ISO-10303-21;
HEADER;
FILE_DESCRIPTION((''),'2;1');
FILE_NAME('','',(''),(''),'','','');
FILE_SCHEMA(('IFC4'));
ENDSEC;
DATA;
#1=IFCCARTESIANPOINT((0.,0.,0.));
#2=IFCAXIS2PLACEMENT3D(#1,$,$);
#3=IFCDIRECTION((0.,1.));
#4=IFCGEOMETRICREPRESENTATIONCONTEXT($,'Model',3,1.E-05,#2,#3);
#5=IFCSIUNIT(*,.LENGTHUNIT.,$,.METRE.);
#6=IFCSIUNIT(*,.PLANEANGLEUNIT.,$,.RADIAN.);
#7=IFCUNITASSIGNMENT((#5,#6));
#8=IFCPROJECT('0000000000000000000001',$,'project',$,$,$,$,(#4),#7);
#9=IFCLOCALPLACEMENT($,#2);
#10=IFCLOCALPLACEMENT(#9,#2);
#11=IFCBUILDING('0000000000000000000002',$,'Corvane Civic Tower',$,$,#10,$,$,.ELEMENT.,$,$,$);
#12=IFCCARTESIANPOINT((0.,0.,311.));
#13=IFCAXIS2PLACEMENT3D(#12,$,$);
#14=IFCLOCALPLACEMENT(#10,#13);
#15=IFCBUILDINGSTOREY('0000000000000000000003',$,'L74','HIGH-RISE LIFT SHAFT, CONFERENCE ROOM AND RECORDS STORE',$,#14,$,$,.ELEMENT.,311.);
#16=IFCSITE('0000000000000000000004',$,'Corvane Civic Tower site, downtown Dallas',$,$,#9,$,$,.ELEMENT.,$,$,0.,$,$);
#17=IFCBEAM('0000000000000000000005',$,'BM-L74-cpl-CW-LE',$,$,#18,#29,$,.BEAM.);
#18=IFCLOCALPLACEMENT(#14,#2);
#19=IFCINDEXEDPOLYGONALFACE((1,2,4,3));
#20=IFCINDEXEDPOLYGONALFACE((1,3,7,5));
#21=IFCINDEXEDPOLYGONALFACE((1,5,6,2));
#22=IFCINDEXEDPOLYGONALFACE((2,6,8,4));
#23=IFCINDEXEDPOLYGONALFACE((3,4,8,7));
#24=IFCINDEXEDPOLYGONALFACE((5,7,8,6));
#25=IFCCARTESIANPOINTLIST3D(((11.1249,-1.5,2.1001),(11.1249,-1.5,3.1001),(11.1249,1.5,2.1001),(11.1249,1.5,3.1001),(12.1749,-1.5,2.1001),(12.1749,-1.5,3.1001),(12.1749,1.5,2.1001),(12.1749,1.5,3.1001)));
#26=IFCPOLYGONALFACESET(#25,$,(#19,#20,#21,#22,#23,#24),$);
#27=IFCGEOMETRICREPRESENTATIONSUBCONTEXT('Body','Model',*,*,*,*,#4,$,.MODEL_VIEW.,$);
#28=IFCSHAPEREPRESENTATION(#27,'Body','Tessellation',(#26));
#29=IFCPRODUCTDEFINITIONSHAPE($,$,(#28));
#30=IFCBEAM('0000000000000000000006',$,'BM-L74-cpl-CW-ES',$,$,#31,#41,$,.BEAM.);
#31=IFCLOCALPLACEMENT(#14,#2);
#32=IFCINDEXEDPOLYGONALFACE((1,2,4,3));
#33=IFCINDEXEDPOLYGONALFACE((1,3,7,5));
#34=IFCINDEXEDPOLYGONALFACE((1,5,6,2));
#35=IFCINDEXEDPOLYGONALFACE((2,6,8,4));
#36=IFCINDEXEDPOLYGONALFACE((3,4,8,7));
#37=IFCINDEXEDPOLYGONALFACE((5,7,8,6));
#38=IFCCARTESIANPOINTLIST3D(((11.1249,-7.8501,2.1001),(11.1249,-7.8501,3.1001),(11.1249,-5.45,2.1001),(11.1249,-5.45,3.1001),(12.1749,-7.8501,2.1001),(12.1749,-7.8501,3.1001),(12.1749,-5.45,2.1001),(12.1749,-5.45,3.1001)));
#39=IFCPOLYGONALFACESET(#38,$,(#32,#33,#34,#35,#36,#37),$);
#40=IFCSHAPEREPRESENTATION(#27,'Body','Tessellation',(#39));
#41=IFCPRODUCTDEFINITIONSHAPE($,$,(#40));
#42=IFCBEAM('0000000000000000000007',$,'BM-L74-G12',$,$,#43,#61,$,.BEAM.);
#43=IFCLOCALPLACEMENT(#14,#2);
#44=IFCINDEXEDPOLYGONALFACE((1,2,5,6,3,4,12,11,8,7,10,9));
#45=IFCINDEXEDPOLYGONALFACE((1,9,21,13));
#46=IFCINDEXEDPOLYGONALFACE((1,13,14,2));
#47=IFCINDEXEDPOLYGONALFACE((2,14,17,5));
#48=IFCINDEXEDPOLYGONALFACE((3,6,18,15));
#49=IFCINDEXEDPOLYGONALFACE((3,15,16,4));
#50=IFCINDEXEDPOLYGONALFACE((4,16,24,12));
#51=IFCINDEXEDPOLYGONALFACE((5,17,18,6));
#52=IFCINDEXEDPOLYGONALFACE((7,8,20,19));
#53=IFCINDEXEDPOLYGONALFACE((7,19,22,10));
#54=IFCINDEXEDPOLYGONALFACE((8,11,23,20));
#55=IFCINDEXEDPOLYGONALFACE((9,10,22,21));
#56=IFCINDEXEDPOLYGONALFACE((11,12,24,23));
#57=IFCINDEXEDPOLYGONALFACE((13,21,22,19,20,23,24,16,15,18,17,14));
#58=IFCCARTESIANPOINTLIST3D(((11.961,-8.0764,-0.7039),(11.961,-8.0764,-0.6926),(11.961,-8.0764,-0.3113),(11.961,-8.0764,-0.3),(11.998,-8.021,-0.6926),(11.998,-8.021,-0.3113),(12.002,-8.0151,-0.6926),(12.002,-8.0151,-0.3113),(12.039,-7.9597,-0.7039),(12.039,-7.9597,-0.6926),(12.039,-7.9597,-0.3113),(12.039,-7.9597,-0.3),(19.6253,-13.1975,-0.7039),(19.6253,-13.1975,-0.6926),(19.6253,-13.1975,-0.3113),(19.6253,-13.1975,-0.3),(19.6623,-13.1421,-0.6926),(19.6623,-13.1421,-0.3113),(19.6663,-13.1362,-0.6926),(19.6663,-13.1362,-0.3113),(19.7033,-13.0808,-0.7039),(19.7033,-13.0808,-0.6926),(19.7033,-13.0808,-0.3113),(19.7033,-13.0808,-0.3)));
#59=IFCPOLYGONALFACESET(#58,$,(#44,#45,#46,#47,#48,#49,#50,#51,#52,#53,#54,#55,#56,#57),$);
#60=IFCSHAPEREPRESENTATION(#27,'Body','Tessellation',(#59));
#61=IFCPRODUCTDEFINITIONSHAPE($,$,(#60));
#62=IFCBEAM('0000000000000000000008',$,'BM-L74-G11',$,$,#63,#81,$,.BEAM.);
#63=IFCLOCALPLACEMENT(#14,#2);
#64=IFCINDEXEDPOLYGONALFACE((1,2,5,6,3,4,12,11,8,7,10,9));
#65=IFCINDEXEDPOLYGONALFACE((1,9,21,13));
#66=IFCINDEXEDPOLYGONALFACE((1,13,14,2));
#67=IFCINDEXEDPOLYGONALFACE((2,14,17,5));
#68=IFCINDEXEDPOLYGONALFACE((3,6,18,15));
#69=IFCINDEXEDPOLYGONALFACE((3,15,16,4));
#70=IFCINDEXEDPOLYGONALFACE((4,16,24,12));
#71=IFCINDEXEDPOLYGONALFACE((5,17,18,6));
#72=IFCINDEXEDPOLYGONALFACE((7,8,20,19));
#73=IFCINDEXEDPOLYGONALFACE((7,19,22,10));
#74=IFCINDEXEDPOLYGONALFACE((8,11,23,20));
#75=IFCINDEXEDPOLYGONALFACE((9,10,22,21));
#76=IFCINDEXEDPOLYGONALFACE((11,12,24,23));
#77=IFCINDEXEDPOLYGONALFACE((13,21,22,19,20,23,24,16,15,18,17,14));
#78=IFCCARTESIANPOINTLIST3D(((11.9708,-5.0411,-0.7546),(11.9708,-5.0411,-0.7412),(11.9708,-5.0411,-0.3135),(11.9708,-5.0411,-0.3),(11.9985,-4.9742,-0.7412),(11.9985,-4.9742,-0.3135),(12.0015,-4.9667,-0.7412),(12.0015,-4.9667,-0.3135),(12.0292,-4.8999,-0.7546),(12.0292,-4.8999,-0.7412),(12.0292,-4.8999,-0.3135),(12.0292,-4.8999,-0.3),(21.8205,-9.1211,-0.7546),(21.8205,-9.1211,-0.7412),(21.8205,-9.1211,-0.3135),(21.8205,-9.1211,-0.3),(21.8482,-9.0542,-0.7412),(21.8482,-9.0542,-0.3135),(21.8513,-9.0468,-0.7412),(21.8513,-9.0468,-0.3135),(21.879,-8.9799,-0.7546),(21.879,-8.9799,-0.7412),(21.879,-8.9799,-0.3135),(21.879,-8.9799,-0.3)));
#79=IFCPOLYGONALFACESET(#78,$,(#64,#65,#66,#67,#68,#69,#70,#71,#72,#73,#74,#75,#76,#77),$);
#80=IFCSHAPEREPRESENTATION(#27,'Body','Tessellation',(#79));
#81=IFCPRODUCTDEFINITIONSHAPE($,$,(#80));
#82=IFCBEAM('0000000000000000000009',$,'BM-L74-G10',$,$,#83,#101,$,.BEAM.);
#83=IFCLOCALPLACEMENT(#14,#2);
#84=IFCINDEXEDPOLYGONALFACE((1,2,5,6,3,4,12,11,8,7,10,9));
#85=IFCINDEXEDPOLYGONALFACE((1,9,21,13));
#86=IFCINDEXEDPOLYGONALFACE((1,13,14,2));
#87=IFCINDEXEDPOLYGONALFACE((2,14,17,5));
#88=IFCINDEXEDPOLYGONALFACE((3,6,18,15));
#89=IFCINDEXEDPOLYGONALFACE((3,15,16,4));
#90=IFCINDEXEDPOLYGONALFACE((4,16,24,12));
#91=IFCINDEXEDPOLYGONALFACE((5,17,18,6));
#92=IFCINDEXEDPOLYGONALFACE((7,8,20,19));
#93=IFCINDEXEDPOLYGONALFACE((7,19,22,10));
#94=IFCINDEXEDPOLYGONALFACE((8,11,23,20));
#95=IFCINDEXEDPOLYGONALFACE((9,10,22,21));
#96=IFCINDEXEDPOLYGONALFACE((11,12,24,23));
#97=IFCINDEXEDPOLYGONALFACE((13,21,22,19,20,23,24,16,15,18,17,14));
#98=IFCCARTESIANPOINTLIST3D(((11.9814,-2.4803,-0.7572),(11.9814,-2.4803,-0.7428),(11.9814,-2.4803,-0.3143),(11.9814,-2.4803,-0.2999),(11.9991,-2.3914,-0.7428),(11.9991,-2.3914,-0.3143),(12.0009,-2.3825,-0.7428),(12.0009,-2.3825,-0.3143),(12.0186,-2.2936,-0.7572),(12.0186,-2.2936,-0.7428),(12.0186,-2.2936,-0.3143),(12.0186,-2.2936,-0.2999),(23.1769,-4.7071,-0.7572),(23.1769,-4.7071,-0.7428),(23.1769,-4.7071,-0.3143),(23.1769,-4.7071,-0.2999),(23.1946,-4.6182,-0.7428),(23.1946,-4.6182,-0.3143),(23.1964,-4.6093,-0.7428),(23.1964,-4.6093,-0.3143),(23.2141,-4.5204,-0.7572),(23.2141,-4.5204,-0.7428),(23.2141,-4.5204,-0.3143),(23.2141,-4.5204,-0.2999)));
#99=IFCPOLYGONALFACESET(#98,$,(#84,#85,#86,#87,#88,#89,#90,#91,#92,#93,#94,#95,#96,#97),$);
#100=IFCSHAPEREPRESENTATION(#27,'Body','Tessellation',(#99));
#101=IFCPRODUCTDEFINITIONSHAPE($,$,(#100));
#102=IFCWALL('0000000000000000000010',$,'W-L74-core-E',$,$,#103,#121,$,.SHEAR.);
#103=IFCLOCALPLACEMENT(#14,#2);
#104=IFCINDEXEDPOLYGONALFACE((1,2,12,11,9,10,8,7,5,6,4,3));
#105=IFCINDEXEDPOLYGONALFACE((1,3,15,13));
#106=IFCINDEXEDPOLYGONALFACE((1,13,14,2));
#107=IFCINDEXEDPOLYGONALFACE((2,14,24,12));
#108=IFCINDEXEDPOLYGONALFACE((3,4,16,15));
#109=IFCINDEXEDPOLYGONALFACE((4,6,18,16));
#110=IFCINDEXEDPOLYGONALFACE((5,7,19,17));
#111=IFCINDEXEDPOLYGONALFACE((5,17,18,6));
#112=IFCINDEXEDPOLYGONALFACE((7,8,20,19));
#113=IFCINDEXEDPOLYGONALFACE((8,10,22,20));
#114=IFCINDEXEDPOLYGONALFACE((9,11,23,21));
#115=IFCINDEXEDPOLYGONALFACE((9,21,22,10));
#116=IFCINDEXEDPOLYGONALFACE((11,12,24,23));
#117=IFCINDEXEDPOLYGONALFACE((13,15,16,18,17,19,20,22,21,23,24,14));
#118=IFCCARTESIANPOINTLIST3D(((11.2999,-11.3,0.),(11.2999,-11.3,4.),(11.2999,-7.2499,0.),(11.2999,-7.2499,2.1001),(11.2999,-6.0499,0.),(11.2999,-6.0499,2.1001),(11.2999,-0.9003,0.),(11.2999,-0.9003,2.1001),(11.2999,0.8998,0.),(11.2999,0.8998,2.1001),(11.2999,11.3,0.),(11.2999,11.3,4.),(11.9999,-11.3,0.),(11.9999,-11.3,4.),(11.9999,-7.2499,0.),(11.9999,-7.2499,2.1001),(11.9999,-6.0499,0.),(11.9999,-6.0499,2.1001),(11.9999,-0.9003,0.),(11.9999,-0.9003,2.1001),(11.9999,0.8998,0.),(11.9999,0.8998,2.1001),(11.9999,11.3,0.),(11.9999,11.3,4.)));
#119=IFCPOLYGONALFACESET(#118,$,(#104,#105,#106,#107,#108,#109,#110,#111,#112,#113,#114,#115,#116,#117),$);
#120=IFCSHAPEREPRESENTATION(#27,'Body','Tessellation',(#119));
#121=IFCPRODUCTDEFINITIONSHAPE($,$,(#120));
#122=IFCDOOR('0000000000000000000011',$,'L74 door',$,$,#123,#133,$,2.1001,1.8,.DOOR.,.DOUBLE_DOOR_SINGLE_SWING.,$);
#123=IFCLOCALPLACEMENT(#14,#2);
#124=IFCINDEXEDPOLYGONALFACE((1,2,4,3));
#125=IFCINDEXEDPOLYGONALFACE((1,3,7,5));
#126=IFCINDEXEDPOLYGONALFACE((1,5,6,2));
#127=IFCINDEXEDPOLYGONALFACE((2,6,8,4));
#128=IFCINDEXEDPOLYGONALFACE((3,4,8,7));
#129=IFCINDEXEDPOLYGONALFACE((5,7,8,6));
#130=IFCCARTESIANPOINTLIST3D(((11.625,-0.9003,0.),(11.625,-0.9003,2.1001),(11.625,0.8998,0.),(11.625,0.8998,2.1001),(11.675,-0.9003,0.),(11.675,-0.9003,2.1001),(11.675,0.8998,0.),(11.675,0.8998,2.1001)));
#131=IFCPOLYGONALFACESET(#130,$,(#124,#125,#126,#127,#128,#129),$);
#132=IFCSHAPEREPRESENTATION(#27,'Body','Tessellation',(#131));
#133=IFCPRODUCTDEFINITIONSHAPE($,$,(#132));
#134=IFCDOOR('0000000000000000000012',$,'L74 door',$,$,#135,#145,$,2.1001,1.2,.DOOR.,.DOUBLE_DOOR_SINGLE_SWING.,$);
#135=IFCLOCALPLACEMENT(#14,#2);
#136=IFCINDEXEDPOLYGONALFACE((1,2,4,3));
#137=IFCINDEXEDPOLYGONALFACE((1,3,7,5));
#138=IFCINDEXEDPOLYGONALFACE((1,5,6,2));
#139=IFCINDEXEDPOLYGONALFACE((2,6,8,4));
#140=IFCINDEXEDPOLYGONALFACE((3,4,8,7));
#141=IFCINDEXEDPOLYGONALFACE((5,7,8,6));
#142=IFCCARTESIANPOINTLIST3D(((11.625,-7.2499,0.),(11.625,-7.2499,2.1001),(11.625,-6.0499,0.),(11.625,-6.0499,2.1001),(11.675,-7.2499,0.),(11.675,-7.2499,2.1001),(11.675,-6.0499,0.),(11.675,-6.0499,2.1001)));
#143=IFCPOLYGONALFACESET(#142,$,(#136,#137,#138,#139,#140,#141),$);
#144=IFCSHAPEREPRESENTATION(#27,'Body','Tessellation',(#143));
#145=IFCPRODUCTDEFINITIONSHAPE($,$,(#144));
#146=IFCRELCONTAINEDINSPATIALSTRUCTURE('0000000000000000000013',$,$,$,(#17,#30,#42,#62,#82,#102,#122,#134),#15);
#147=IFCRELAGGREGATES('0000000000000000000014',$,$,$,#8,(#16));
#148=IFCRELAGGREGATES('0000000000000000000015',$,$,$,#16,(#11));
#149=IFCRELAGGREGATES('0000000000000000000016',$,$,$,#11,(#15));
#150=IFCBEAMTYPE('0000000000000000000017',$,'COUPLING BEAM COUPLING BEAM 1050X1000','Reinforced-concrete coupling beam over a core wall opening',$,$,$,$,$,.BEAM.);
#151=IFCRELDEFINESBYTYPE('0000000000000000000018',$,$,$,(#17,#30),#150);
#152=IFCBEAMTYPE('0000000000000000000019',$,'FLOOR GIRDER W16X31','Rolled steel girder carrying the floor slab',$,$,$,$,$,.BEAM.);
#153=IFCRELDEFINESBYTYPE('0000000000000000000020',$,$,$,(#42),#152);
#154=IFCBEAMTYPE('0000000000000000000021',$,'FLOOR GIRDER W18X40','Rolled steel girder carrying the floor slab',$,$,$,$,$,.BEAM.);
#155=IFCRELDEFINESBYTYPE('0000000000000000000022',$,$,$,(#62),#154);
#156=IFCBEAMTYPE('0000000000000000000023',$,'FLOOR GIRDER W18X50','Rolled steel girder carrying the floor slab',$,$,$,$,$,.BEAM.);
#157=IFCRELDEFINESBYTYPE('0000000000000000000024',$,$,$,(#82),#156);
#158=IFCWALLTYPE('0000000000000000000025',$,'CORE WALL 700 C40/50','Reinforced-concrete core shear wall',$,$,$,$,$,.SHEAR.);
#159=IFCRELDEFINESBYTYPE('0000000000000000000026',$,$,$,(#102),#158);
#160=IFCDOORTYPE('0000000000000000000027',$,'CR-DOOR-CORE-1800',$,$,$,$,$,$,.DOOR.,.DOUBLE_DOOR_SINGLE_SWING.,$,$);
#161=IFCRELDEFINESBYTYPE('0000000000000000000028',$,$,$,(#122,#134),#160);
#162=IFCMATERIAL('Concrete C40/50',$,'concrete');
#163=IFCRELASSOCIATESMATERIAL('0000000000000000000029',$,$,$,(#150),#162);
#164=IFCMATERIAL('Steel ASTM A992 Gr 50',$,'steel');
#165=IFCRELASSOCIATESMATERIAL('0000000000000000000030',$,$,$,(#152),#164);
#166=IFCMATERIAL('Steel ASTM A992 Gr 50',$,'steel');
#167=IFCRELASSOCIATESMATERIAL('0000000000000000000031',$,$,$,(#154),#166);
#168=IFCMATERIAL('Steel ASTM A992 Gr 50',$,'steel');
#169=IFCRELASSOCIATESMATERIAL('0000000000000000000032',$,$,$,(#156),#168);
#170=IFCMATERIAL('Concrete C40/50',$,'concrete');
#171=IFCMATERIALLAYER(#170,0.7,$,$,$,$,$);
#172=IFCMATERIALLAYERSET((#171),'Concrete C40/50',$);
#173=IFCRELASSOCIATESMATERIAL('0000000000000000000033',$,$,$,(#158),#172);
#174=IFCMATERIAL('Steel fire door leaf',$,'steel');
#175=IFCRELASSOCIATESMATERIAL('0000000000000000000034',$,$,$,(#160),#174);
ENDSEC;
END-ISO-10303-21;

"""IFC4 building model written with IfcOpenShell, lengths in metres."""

from ifc_helpers import new_model, si_unit, direction, frame, frame_2d, origin, origin_2d, place, context, subcontext, project, spatial, rectangle, i_section, extrude, material, layer, layer_set, material_profile, profile_set, type_object, element, fill, save


model = new_model("IFC4")

# Units and contexts
model_context = context("Model", 3, precision=1e-05, world=origin(), true_north=direction((0.0, 1.0)))
body_context = subcontext(model_context, "Body", "Model", "MODEL_VIEW")
ifc_project = project(units=[si_unit("LENGTHUNIT", "METRE"), si_unit("PLANEANGLEUNIT", "RADIAN")], contexts=[model_context])

# Site, building, storey
site_placement = place(None, origin())
site = spatial("IfcSite", under=ifc_project, at=site_placement, Name="Corvane Civic Tower site, downtown Dallas", CompositionType="ELEMENT", RefElevation=0.0)
building_placement = place(site_placement, origin())
building = spatial("IfcBuilding", under=site, at=building_placement, Name="Corvane Civic Tower", CompositionType="ELEMENT")
storey_placement = place(building_placement, frame((0.0, 0.0, 311.0)))
storey = spatial("IfcBuildingStorey", under=building, at=storey_placement, Name="L74", Description="HIGH-RISE LIFT SHAFT, CONFERENCE ROOM AND RECORDS STORE", CompositionType="ELEMENT", Elevation=311.0)

# Beams
ifc_material_1 = material(Name="Concrete C40/50", Category="concrete")
ifc_material_profile_1 = material_profile(ifc_material_1, rectangle(XDim=1.05, YDim=1.0, at=origin_2d()), Name="COUPLING BEAM 1050X1000")
ifc_profile_set_1 = profile_set([ifc_material_profile_1], Name="Concrete C40/50")
beam_type_1 = type_object("IfcBeamType", Name="COUPLING BEAM COUPLING BEAM 1050X1000", Description="Reinforced-concrete coupling beam over a core wall opening", PredefinedType="BEAM", material=ifc_profile_set_1)
beam_1_placement = place(storey_placement, frame((11.6499, -1.5, 2.6001), z_axis=(0.0, 1.0, 0.0), x_axis=(-1.0, 0.0, 0.0)))
element("IfcBeam", 1, at=beam_1_placement, inside=storey, type_object=beam_type_1, Name="BM-L74-cpl-CW-LE", PredefinedType="BEAM", context=body_context, shape_type="SweptSolid", body=[
    extrude(rectangle(XDim=1.05, YDim=1.0, at=origin_2d()), origin(), (0.0, 0.0, 1.0), 3.0),
])
beam_2_placement = place(storey_placement, frame((11.6499, -7.8501, 2.6001), z_axis=(0.0, 1.0, 0.0), x_axis=(-1.0, 0.0, 0.0)))
element("IfcBeam", 2, at=beam_2_placement, inside=storey, type_object=beam_type_1, Name="BM-L74-cpl-CW-ES", PredefinedType="BEAM", context=body_context, shape_type="SweptSolid", body=[
    extrude(rectangle(XDim=1.05, YDim=1.0, at=origin_2d()), origin(), (0.0, 0.0, 1.0), 2.4001),
])
ifc_material_2 = material(Name="Steel ASTM A992 Gr 50", Category="steel")
ifc_material_profile_2 = material_profile(ifc_material_2, i_section(OverallWidth=0.1404, OverallDepth=0.4038, WebThickness=0.0071, FlangeThickness=0.0112, at=origin_2d()), Name="W16X31")
ifc_profile_set_2 = profile_set([ifc_material_profile_2], Name="Steel ASTM A992 Gr 50")
beam_type_2 = type_object("IfcBeamType", Name="FLOOR GIRDER W16X31", Description="Rolled steel girder carrying the floor slab", PredefinedType="BEAM", material=ifc_profile_set_2)
beam_3_placement = place(storey_placement, frame((12.0, -8.0181, -0.502), z_axis=(0.831471, -0.555568, 0.0), x_axis=(0.555568, 0.831471, 0.0)))
element("IfcBeam", 3, at=beam_3_placement, inside=storey, type_object=beam_type_2, Name="BM-L74-G12", PredefinedType="BEAM", context=body_context, shape_type="SweptSolid", body=[
    extrude(i_section(OverallWidth=0.1404, OverallDepth=0.4038, WebThickness=0.0071, FlangeThickness=0.0112, at=origin_2d()), origin(), (0.0, 0.0, 1.0), 9.2178),
])
ifc_material_3 = material(Name="Steel ASTM A992 Gr 50", Category="steel")
ifc_material_profile_3 = material_profile(ifc_material_3, i_section(OverallWidth=0.1528, OverallDepth=0.4546, WebThickness=0.0081, FlangeThickness=0.0134, at=origin_2d()), Name="W18X40")
ifc_profile_set_3 = profile_set([ifc_material_profile_3], Name="Steel ASTM A992 Gr 50")
beam_type_3 = type_object("IfcBeamType", Name="FLOOR GIRDER W18X40", Description="Rolled steel girder carrying the floor slab", PredefinedType="BEAM", material=ifc_profile_set_3)
beam_4_placement = place(storey_placement, frame((12.0, -4.9705, -0.5273), z_axis=(0.923875, -0.382694, 0.0), x_axis=(0.382694, 0.923875, 0.0)))
element("IfcBeam", 4, at=beam_4_placement, inside=storey, type_object=beam_type_3, Name="BM-L74-G11", PredefinedType="BEAM", context=body_context, shape_type="SweptSolid", body=[
    extrude(i_section(OverallWidth=0.1528, OverallDepth=0.4546, WebThickness=0.0081, FlangeThickness=0.0134, at=origin_2d()), origin(), (0.0, 0.0, 1.0), 10.6614),
])
ifc_material_4 = material(Name="Steel ASTM A992 Gr 50", Category="steel")
ifc_material_profile_4 = material_profile(ifc_material_4, i_section(OverallWidth=0.1904, OverallDepth=0.4573, WebThickness=0.009, FlangeThickness=0.0144, at=origin_2d()), Name="W18X50")
ifc_profile_set_4 = profile_set([ifc_material_profile_4], Name="Steel ASTM A992 Gr 50")
beam_type_4 = type_object("IfcBeamType", Name="FLOOR GIRDER W18X50", Description="Rolled steel girder carrying the floor slab", PredefinedType="BEAM", material=ifc_profile_set_4)
beam_5_placement = place(storey_placement, frame((12.0, -2.387, -0.5286), z_axis=(0.980787, -0.19508, 0.0), x_axis=(0.19508, 0.980787, 0.0)))
element("IfcBeam", 5, at=beam_5_placement, inside=storey, type_object=beam_type_4, Name="BM-L74-G10", PredefinedType="BEAM", context=body_context, shape_type="SweptSolid", body=[
    extrude(i_section(OverallWidth=0.1904, OverallDepth=0.4573, WebThickness=0.009, FlangeThickness=0.0144, at=origin_2d()), origin(), (0.0, 0.0, 1.0), 11.4148),
])

# Wall, openings, doors
ifc_material_5 = material(Name="Concrete C40/50", Category="concrete")
ifc_layer_1 = layer(ifc_material_5, 0.7)
ifc_layer_set_1 = layer_set([ifc_layer_1], Name="Concrete C40/50")
wall_type_1 = type_object("IfcWallType", Name="CORE WALL 700 C40/50", Description="Reinforced-concrete core shear wall", PredefinedType="SHEAR", material=ifc_layer_set_1)
wall_1_placement = place(storey_placement, frame((11.6499, -11.3, 0.0), z_axis=(0.0, 0.0, 1.0), x_axis=(0.0, 1.0, 0.0)))
wall_1 = element("IfcWall", 6, at=wall_1_placement, inside=storey, type_object=wall_type_1, Name="W-L74-core-E", PredefinedType="SHEAR", context=body_context, shape_type="SweptSolid", body=[
    extrude(rectangle(XDim=22.6001, YDim=0.7, at=frame_2d((11.3, 0.0))), origin(), (0.0, 0.0, 1.0), 4.0),
])
opening_1_placement = place(wall_1_placement, frame((10.3999, 0.0, 0.0)))
opening_1 = element("IfcOpeningElement", 7, at=opening_1_placement, cuts=wall_1, PredefinedType="OPENING", context=body_context, shape_type="SweptSolid", body=[
    extrude(rectangle(XDim=1.8, YDim=2.1001, at=frame_2d((0.8999, 1.05))), frame((0.0, 0.3599, 0.0), z_axis=(0.0, -1.0, 0.0), x_axis=(1.0, 0.0, 0.0)), (0.0, 0.0, 1.0), 0.72),
])
opening_2_placement = place(wall_1_placement, frame((4.05, 0.0, 0.0)))
opening_2 = element("IfcOpeningElement", 8, at=opening_2_placement, cuts=wall_1, PredefinedType="OPENING", context=body_context, shape_type="SweptSolid", body=[
    extrude(rectangle(XDim=1.2, YDim=2.1001, at=frame_2d((0.6001, 1.05))), frame((0.0, 0.3599, 0.0), z_axis=(0.0, -1.0, 0.0), x_axis=(1.0, 0.0, 0.0)), (0.0, 0.0, 1.0), 0.72),
])
ifc_material_6 = material(Name="Steel fire door leaf", Category="steel")
door_type_1 = type_object("IfcDoorType", Name="CR-DOOR-CORE-1800", OperationType="DOUBLE_DOOR_SINGLE_SWING", PredefinedType="DOOR", material=ifc_material_6)
door_1_placement = place(opening_1_placement, origin())
door_1 = element("IfcDoor", 9, at=door_1_placement, inside=storey, type_object=door_type_1, Name="L74 door", OperationType="DOUBLE_DOOR_SINGLE_SWING", OverallHeight=2.1001, OverallWidth=1.8, PredefinedType="DOOR", context=body_context, shape_type="SweptSolid", body=[
    extrude(rectangle(XDim=1.8, YDim=2.1001, at=frame_2d((0.8999, 1.05))), frame((0.0, 0.0249, 0.0), z_axis=(0.0, -1.0, 0.0), x_axis=(1.0, 0.0, 0.0)), (0.0, 0.0, 1.0), 0.05),
])
fill(opening_1, door_1)
door_2_placement = place(opening_2_placement, origin())
door_2 = element("IfcDoor", 10, at=door_2_placement, inside=storey, type_object=door_type_1, Name="L74 door", OperationType="DOUBLE_DOOR_SINGLE_SWING", OverallHeight=2.1001, OverallWidth=1.2, PredefinedType="DOOR", context=body_context, shape_type="SweptSolid", body=[
    extrude(rectangle(XDim=1.2, YDim=2.1001, at=frame_2d((0.6001, 1.05))), frame((0.0, 0.0249, 0.0), z_axis=(0.0, -1.0, 0.0), x_axis=(1.0, 0.0, 0.0)), (0.0, 0.0, 1.0), 0.05),
])
fill(opening_2, door_2)

save(model, "model.ifc")
